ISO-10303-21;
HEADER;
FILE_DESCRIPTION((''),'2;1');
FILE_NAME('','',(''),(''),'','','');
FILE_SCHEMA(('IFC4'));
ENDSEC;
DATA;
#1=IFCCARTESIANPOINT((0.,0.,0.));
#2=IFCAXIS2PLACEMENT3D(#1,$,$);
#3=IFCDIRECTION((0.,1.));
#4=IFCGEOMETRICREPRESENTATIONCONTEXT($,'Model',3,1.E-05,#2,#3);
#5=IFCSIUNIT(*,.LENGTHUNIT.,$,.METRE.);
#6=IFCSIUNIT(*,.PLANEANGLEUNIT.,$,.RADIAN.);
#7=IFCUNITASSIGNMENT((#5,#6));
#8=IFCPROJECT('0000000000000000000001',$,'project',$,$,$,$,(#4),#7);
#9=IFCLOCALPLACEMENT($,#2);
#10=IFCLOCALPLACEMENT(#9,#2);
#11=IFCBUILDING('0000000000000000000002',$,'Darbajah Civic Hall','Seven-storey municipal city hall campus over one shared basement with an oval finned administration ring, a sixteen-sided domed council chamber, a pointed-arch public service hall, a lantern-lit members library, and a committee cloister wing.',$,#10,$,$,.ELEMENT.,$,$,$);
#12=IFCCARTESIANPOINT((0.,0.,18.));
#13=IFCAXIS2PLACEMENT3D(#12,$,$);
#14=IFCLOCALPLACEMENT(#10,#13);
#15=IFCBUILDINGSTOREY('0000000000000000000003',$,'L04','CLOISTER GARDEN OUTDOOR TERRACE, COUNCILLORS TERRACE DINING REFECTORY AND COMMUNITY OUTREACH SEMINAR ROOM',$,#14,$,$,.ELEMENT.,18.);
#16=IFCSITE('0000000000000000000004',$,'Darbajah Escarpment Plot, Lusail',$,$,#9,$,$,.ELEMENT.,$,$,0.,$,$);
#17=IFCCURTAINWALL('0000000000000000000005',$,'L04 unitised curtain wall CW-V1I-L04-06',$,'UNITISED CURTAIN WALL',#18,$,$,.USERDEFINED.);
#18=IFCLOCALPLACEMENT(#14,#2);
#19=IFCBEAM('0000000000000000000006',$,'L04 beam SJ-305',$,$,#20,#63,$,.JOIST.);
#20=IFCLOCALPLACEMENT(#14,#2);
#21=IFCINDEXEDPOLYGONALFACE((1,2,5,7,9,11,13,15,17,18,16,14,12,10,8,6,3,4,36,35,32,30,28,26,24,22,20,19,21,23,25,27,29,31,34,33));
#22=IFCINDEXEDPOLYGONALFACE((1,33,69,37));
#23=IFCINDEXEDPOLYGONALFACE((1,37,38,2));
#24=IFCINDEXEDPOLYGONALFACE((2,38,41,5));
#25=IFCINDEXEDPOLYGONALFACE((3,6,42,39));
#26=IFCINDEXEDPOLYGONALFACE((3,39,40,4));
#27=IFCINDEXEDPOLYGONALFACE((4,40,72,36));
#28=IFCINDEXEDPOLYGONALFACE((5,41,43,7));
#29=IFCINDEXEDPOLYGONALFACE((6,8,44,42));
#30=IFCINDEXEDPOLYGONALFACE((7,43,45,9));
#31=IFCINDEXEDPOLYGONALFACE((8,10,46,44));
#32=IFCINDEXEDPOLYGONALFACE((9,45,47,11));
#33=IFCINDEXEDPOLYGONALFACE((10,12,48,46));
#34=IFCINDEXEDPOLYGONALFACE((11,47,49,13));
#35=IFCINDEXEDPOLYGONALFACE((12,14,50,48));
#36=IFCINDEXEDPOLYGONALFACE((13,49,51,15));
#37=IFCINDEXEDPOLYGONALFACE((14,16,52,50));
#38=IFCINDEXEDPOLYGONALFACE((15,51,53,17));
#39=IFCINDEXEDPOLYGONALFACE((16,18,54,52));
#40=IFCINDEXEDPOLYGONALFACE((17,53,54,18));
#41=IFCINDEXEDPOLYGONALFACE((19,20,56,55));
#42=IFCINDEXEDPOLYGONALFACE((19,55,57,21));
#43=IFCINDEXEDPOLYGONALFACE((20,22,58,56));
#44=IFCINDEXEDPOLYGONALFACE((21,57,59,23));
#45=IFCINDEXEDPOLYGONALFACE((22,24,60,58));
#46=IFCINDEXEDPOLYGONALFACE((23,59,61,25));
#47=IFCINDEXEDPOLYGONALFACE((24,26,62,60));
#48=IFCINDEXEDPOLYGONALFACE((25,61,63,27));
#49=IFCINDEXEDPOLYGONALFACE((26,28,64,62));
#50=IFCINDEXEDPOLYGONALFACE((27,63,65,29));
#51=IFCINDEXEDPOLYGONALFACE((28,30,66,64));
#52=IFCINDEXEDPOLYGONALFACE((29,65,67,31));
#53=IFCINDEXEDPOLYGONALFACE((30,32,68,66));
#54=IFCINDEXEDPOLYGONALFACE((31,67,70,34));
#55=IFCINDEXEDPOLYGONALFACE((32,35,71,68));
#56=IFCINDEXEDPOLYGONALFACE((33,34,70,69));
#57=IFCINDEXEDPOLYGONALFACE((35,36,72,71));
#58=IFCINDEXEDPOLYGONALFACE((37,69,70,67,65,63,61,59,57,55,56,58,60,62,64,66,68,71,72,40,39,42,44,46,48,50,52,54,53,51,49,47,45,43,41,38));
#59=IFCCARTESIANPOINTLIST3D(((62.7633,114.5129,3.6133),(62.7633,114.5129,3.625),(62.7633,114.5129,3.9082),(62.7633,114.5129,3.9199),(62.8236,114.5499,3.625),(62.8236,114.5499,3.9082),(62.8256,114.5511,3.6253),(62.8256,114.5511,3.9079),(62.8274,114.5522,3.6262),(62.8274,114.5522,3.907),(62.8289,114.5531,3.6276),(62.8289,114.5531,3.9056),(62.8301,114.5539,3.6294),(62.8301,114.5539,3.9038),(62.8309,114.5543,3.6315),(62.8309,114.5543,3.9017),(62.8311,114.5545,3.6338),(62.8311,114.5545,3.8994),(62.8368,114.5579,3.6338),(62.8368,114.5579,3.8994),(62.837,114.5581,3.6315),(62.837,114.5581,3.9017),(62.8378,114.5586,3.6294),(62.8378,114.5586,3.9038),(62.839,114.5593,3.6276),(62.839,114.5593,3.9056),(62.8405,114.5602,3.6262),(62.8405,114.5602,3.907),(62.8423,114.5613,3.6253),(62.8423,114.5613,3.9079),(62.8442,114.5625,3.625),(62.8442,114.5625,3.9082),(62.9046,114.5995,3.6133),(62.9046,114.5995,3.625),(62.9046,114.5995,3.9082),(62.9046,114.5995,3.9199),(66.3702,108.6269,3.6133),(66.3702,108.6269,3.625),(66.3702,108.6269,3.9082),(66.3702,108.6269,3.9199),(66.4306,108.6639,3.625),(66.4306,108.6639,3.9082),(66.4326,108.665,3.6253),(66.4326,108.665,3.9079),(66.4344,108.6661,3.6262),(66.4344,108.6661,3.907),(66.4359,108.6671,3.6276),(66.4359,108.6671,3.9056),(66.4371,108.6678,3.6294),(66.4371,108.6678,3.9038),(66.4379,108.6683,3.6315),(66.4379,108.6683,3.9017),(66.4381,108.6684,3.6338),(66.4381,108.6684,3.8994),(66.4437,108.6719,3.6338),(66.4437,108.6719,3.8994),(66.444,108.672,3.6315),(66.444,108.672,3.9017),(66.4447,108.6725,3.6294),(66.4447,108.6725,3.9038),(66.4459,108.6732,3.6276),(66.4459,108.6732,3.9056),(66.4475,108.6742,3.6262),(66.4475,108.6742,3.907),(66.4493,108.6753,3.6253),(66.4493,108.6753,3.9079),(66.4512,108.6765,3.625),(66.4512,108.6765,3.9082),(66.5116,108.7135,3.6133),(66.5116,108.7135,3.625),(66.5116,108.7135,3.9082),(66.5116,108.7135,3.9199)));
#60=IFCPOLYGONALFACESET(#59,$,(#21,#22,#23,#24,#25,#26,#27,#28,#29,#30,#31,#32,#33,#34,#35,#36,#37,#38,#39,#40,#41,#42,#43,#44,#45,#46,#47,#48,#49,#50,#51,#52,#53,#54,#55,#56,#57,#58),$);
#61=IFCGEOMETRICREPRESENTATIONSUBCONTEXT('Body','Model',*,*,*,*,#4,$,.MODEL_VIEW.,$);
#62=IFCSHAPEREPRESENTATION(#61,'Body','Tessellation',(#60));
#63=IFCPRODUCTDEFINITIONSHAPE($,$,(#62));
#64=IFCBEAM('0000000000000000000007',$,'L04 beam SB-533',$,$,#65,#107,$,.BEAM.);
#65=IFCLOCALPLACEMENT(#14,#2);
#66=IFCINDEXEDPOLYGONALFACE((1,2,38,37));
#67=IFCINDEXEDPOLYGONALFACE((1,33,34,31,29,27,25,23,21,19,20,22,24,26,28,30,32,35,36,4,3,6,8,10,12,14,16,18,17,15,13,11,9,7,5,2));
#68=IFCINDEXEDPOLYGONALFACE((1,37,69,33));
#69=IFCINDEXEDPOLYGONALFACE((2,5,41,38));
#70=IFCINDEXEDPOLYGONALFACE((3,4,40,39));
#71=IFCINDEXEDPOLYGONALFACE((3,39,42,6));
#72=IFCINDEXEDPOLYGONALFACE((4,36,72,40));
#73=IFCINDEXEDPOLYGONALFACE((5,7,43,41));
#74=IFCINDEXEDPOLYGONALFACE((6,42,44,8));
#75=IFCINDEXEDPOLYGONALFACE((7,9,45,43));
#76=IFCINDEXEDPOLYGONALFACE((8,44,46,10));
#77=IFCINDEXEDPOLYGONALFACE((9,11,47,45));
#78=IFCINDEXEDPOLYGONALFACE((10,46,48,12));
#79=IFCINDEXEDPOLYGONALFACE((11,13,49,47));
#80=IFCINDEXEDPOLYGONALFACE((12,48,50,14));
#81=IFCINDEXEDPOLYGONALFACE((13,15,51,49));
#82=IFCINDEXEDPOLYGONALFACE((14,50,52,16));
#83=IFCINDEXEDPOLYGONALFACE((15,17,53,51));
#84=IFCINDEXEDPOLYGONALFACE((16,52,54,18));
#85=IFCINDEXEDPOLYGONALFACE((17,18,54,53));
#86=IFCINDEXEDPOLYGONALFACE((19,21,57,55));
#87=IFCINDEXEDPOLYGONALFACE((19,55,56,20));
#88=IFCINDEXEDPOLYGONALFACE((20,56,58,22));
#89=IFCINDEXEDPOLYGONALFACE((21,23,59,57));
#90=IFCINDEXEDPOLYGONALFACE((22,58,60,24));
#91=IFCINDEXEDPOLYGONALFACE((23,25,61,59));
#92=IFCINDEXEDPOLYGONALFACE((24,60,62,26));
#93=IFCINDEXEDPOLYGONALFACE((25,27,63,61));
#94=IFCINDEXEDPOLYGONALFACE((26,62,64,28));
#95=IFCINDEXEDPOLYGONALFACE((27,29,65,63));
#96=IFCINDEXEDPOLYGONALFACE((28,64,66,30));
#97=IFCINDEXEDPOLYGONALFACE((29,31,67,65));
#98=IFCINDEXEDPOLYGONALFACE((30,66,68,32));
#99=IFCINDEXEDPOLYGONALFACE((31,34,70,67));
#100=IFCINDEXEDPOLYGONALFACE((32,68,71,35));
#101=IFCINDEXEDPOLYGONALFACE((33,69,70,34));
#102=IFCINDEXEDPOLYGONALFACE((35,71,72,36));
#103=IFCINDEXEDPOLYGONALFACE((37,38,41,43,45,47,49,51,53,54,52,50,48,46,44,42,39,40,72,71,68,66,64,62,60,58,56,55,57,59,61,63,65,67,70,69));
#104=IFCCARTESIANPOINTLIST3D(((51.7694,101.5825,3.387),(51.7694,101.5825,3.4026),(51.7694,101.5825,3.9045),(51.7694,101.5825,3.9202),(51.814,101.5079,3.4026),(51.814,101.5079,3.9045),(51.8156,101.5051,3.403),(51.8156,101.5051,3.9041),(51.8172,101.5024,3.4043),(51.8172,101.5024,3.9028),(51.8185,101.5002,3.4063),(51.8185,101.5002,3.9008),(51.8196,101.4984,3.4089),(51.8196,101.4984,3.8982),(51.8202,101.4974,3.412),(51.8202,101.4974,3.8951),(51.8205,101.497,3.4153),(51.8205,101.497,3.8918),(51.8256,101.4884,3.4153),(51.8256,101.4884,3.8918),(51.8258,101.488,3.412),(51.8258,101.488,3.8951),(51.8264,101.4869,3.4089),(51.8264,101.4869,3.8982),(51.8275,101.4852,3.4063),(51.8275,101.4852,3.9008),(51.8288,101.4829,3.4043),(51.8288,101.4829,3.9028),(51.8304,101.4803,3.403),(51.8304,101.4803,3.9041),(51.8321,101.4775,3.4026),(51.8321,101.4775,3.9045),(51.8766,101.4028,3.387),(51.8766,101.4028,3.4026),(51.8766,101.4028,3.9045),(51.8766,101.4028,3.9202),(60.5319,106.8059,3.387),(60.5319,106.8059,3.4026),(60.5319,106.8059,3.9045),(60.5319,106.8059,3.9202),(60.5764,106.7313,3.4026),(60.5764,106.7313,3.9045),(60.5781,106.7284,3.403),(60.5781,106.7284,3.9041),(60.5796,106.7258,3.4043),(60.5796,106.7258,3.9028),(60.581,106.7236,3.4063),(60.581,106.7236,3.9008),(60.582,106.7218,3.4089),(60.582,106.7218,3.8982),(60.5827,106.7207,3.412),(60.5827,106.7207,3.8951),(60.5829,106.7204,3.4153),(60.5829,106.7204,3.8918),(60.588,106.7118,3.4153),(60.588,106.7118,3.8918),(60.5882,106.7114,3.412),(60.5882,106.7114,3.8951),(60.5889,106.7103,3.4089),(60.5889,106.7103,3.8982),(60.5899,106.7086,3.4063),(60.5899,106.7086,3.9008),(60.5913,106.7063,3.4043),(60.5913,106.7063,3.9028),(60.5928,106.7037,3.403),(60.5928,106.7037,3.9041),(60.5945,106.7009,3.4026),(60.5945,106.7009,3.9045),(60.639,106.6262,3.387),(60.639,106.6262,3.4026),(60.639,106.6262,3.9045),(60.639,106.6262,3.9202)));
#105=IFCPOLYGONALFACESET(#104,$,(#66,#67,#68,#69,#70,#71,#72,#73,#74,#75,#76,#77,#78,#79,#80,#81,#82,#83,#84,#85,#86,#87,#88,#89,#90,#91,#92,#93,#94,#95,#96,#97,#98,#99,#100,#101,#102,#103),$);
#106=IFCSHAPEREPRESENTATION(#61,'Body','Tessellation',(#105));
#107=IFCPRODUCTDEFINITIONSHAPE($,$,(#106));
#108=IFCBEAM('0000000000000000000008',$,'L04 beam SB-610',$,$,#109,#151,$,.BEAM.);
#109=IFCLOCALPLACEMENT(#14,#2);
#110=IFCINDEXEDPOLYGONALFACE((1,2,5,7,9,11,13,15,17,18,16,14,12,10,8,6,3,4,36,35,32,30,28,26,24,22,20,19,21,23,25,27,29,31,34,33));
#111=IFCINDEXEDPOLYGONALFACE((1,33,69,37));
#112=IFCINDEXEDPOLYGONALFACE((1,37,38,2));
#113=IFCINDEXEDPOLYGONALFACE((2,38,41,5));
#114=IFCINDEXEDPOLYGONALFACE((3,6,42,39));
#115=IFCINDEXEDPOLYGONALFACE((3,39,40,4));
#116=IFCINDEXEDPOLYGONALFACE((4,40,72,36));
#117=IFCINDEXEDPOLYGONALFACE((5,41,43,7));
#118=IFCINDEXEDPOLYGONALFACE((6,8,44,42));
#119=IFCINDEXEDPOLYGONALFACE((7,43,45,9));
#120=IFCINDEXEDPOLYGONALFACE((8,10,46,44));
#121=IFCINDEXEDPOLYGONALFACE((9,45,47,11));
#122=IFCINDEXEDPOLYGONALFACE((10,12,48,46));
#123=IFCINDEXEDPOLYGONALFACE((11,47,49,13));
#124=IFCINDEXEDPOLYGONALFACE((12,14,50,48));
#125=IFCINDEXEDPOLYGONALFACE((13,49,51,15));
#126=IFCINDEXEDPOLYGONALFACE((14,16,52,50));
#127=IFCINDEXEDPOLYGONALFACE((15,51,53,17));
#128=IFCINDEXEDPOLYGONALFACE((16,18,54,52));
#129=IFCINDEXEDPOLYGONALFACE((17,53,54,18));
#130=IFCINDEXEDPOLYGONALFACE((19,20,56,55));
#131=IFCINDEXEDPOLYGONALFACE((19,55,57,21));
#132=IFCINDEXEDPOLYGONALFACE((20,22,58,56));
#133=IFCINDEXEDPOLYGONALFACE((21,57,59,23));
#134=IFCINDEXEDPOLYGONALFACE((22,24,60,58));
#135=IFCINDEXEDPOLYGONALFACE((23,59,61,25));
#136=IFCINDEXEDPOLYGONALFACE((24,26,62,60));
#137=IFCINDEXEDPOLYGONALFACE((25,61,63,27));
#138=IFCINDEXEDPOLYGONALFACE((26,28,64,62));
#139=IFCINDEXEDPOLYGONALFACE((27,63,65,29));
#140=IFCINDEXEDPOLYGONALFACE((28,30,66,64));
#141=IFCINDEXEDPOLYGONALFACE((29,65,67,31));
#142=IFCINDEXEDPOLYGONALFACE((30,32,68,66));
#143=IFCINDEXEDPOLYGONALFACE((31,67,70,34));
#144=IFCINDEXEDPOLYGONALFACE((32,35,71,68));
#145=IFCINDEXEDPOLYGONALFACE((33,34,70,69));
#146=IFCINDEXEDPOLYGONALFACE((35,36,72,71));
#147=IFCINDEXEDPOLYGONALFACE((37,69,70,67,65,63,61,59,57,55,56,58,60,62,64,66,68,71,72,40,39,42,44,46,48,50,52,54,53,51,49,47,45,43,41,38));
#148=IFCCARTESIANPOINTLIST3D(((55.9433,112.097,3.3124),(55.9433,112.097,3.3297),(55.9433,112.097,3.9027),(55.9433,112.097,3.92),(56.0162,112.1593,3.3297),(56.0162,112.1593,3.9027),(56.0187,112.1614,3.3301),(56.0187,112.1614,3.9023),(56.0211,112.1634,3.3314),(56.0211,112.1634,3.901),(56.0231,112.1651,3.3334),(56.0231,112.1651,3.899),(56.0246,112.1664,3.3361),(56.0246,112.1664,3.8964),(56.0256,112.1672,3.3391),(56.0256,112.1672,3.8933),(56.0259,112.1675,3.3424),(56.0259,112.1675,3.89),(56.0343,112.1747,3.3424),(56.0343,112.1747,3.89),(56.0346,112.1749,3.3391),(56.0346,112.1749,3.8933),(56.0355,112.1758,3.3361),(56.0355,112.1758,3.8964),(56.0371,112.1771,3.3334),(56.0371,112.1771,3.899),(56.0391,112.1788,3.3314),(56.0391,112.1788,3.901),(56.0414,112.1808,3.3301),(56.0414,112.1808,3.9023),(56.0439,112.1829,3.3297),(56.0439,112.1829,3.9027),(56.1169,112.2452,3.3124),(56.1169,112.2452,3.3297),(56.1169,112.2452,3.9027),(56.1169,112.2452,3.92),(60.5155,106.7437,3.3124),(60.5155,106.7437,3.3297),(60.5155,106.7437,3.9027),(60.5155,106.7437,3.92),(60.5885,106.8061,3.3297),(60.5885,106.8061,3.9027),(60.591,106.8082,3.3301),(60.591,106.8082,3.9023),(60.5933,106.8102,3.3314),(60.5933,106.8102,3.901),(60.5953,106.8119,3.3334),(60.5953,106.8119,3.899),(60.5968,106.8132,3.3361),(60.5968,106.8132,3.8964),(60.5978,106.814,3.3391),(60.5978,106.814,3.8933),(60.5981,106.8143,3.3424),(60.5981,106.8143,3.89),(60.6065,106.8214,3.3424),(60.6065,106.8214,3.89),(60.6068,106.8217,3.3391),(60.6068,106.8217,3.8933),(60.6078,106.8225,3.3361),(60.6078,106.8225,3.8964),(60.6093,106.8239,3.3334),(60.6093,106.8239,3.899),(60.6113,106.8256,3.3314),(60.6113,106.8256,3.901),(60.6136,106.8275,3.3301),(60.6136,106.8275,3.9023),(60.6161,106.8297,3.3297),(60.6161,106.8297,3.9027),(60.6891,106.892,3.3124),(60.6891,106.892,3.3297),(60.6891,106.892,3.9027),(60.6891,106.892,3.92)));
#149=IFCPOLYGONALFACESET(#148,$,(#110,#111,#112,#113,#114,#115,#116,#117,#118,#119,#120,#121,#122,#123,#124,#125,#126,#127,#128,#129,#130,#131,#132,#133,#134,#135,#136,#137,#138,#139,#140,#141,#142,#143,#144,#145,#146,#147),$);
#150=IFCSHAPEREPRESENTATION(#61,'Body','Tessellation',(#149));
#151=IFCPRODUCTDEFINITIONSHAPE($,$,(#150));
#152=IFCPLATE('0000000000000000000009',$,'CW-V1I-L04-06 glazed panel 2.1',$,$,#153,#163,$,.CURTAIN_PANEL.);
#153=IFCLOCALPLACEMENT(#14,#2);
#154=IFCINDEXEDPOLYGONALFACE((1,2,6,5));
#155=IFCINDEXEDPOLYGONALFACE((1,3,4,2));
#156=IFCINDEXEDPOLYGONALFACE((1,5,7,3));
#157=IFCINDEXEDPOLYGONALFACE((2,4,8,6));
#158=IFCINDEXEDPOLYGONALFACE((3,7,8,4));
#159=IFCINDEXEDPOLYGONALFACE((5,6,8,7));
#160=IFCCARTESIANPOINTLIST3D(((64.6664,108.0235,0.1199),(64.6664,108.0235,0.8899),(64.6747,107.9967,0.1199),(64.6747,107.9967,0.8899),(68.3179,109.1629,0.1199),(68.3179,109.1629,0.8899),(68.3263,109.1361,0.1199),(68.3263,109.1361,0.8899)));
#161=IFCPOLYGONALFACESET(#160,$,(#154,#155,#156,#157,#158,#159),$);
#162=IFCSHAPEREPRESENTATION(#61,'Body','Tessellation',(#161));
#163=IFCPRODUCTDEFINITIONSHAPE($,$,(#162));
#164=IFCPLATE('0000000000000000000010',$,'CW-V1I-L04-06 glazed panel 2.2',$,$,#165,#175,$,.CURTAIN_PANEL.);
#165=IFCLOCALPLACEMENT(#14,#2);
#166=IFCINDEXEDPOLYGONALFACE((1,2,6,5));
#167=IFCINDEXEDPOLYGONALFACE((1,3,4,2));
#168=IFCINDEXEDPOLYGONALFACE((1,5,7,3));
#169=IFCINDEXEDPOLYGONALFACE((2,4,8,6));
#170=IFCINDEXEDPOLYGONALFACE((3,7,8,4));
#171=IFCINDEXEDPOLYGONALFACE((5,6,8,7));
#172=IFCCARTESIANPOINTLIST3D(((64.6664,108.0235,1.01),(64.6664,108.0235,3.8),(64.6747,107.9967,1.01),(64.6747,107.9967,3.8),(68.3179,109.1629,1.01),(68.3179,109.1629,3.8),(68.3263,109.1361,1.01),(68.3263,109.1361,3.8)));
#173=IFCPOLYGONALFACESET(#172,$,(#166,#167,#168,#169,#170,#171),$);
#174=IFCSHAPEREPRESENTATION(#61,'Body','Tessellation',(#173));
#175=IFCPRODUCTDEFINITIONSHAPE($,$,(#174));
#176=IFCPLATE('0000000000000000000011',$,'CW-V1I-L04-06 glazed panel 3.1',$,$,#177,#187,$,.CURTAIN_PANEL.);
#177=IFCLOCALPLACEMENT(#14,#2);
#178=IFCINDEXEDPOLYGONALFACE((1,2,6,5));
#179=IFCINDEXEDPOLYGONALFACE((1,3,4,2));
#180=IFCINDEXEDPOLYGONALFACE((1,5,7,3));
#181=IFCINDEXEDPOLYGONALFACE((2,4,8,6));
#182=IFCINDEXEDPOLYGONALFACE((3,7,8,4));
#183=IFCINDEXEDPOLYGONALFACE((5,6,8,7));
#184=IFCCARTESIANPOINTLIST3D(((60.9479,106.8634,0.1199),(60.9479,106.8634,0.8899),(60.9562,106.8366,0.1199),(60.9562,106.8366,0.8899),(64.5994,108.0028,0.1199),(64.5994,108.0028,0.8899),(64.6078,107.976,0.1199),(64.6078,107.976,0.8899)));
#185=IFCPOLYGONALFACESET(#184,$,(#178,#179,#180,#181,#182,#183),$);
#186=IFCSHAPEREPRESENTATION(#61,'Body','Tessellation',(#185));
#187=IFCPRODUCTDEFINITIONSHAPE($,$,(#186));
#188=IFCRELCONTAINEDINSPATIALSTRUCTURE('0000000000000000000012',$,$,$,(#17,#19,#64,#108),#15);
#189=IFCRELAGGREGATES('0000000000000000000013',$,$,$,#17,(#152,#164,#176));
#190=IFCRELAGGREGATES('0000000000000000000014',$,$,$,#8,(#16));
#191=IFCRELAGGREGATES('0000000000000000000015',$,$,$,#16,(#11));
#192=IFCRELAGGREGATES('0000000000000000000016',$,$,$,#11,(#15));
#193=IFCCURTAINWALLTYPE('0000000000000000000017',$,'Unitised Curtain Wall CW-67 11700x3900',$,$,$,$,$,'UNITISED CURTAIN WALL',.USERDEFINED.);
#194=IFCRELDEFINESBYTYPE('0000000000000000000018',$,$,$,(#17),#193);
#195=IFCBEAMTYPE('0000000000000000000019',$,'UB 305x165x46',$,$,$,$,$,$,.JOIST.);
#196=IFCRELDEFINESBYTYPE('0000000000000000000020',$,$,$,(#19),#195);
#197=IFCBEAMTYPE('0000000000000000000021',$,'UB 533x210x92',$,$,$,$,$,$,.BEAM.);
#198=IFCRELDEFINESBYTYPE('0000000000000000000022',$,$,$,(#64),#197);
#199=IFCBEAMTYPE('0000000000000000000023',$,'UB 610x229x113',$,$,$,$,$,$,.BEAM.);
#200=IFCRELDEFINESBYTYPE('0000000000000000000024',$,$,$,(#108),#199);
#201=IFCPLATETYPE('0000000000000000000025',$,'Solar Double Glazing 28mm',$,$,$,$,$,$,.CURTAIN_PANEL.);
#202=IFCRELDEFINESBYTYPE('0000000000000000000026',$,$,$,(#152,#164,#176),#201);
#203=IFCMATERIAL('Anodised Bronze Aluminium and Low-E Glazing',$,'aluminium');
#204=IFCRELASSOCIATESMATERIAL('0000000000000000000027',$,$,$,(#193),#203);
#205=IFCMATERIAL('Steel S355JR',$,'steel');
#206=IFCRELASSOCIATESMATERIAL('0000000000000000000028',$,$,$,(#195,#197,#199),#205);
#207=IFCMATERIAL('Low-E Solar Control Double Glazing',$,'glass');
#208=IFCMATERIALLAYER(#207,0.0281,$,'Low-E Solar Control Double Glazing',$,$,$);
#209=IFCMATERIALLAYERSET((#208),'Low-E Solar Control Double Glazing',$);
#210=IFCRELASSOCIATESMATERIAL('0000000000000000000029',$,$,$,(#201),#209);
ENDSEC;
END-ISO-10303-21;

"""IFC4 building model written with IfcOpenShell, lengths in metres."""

from ifc_helpers import new_model, si_unit, direction, frame, origin, origin_2d, place, context, subcontext, project, spatial, rectangle, i_section, extrude, material, layer, layer_set, material_profile, profile_set, type_object, element, aggregate, save


model = new_model("IFC4")

# Units and contexts
model_context = context("Model", 3, precision=1e-05, world=origin(), true_north=direction((0.0, 1.0)))
body_context = subcontext(model_context, "Body", "Model", "MODEL_VIEW")
ifc_project = project(units=[si_unit("LENGTHUNIT", "METRE"), si_unit("PLANEANGLEUNIT", "RADIAN")], contexts=[model_context])

# Site, building, storey
site_placement = place(None, origin())
site = spatial("IfcSite", under=ifc_project, at=site_placement, Name="Darbajah Escarpment Plot, Lusail", CompositionType="ELEMENT", RefElevation=0.0)
building_placement = place(site_placement, origin())
building = spatial("IfcBuilding", under=site, at=building_placement, Name="Darbajah Civic Hall", Description="Seven-storey municipal city hall campus over one shared basement with an oval finned administration ring, a sixteen-sided domed council chamber, a pointed-arch public service hall, a lantern-lit members library, and a committee cloister wing.", CompositionType="ELEMENT")
storey_placement = place(building_placement, frame((0.0, 0.0, 18.0)))
storey = spatial("IfcBuildingStorey", under=building, at=storey_placement, Name="L04", Description="CLOISTER GARDEN OUTDOOR TERRACE, COUNCILLORS TERRACE DINING REFECTORY AND COMMUNITY OUTREACH SEMINAR ROOM", CompositionType="ELEMENT", Elevation=18.0)

# Curtain wall
ifc_material_1 = material(Name="Anodised Bronze Aluminium and Low-E Glazing", Category="aluminium")
curtain_wall_type_1 = type_object("IfcCurtainWallType", Name="Unitised Curtain Wall CW-67 11700x3900", ElementType="UNITISED CURTAIN WALL", PredefinedType="USERDEFINED", material=ifc_material_1)
curtain_wall_1_placement = place(storey_placement, origin())
curtain_wall_1 = element("IfcCurtainWall", 1, at=curtain_wall_1_placement, inside=storey, type_object=curtain_wall_type_1, Name="L04 unitised curtain wall CW-V1I-L04-06", ObjectType="UNITISED CURTAIN WALL", PredefinedType="USERDEFINED")

# Beams
ifc_material_2 = material(Name="Steel S355JR", Category="steel")
ifc_material_profile_1 = material_profile(ifc_material_2, i_section(OverallWidth=0.1658, OverallDepth=0.3066, WebThickness=0.0066, FlangeThickness=0.0117, FilletRadius=0.0088, at=origin_2d()), Name="UB 305x165x46")
ifc_profile_set_1 = profile_set([ifc_material_profile_1], Name="Steel S355JR")
beam_type_1 = type_object("IfcBeamType", Name="UB 305x165x46", PredefinedType="JOIST", material=ifc_profile_set_1)
beam_1_placement = place(storey_placement, frame((66.4409, 108.6702, 3.7666), z_axis=(-0.522498, 0.85264, 0.0), x_axis=(-0.85264, -0.522498, 0.0)))
element("IfcBeam", 2, at=beam_1_placement, inside=storey, type_object=beam_type_1, Name="L04 beam SJ-305", PredefinedType="JOIST", context=body_context, shape_type="SweptSolid", body=[
    extrude(i_section(OverallWidth=0.1658, OverallDepth=0.3066, WebThickness=0.0066, FlangeThickness=0.0117, FilletRadius=0.0088, at=origin_2d()), origin(), (0.0, 0.0, 1.0), 6.9033),
])
ifc_material_profile_2 = material_profile(ifc_material_2, i_section(OverallWidth=0.2092, OverallDepth=0.5332, WebThickness=0.01, FlangeThickness=0.0156, FilletRadius=0.0127, at=origin_2d()), Name="UB 533x210x92")
ifc_profile_set_2 = profile_set([ifc_material_profile_2], Name="Steel S355JR")
beam_type_2 = type_object("IfcBeamType", Name="UB 533x210x92", PredefinedType="BEAM", material=ifc_profile_set_2)
beam_2_placement = place(storey_placement, frame((60.5854, 106.7161, 3.6536), z_axis=(-0.858963, -0.512037, 0.0), x_axis=(0.512037, -0.858963, 0.0)))
element("IfcBeam", 3, at=beam_2_placement, inside=storey, type_object=beam_type_2, Name="L04 beam SB-533", PredefinedType="BEAM", context=body_context, shape_type="SweptSolid", body=[
    extrude(i_section(OverallWidth=0.2092, OverallDepth=0.5332, WebThickness=0.01, FlangeThickness=0.0156, FilletRadius=0.0127, at=origin_2d()), origin(), (0.0, 0.0, 1.0), 10.2012),
])
ifc_material_profile_3 = material_profile(ifc_material_2, i_section(OverallWidth=0.2283, OverallDepth=0.6077, WebThickness=0.011, FlangeThickness=0.0173, FilletRadius=0.0127, at=origin_2d()), Name="UB 610x229x113")
ifc_profile_set_3 = profile_set([ifc_material_profile_3], Name="Steel S355JR")
beam_type_3 = type_object("IfcBeamType", Name="UB 610x229x113", PredefinedType="BEAM", material=ifc_profile_set_3)
beam_3_placement = place(storey_placement, frame((60.6023, 106.8179, 3.6162), z_axis=(-0.64946, 0.760396, 0.0), x_axis=(-0.760396, -0.64946, 0.0)))
element("IfcBeam", 4, at=beam_3_placement, inside=storey, type_object=beam_type_3, Name="L04 beam SB-610", PredefinedType="BEAM", context=body_context, shape_type="SweptSolid", body=[
    extrude(i_section(OverallWidth=0.2283, OverallDepth=0.6077, WebThickness=0.011, FlangeThickness=0.0173, FilletRadius=0.0127, at=origin_2d()), origin(), (0.0, 0.0, 1.0), 7.04),
])

# Plates
ifc_material_3 = material(Name="Low-E Solar Control Double Glazing", Category="glass")
ifc_layer_1 = layer(ifc_material_3, 0.0281, Name="Low-E Solar Control Double Glazing")
ifc_layer_set_1 = layer_set([ifc_layer_1], Name="Low-E Solar Control Double Glazing")
plate_type_1 = type_object("IfcPlateType", Name="Solar Double Glazing 28mm", PredefinedType="CURTAIN_PANEL", material=ifc_layer_set_1)
plate_1_placement = place(storey_placement, frame((66.4963, 108.5798, 0.1199), z_axis=(0.0, 0.0, 1.0), x_axis=(-0.954605, -0.297875, 0.0)))
plate_1 = element("IfcPlate", 5, at=plate_1_placement, type_object=plate_type_1, Name="CW-V1I-L04-06 glazed panel 2.1", PredefinedType="CURTAIN_PANEL", context=body_context, shape_type="SweptSolid", body=[
    extrude(rectangle(XDim=3.8252, YDim=0.0281, at=origin_2d()), origin(), (0.0, 0.0, 1.0), 0.77),
])
plate_2_placement = place(storey_placement, frame((66.4963, 108.5798, 1.01), z_axis=(0.0, 0.0, 1.0), x_axis=(-0.954605, -0.297875, 0.0)))
plate_2 = element("IfcPlate", 6, at=plate_2_placement, type_object=plate_type_1, Name="CW-V1I-L04-06 glazed panel 2.2", PredefinedType="CURTAIN_PANEL", context=body_context, shape_type="SweptSolid", body=[
    extrude(rectangle(XDim=3.8252, YDim=0.0281, at=origin_2d()), origin(), (0.0, 0.0, 1.0), 2.79),
])
plate_3_placement = place(storey_placement, frame((62.7778, 107.4197, 0.1199), z_axis=(0.0, 0.0, 1.0), x_axis=(-0.954605, -0.297875, 0.0)))
plate_3 = element("IfcPlate", 7, at=plate_3_placement, type_object=plate_type_1, Name="CW-V1I-L04-06 glazed panel 3.1", PredefinedType="CURTAIN_PANEL", context=body_context, shape_type="SweptSolid", body=[
    extrude(rectangle(XDim=3.8252, YDim=0.0281, at=origin_2d()), origin(), (0.0, 0.0, 1.0), 0.77),
])
aggregate(curtain_wall_1, [plate_1, plate_2, plate_3])

save(model, "model.ifc")
